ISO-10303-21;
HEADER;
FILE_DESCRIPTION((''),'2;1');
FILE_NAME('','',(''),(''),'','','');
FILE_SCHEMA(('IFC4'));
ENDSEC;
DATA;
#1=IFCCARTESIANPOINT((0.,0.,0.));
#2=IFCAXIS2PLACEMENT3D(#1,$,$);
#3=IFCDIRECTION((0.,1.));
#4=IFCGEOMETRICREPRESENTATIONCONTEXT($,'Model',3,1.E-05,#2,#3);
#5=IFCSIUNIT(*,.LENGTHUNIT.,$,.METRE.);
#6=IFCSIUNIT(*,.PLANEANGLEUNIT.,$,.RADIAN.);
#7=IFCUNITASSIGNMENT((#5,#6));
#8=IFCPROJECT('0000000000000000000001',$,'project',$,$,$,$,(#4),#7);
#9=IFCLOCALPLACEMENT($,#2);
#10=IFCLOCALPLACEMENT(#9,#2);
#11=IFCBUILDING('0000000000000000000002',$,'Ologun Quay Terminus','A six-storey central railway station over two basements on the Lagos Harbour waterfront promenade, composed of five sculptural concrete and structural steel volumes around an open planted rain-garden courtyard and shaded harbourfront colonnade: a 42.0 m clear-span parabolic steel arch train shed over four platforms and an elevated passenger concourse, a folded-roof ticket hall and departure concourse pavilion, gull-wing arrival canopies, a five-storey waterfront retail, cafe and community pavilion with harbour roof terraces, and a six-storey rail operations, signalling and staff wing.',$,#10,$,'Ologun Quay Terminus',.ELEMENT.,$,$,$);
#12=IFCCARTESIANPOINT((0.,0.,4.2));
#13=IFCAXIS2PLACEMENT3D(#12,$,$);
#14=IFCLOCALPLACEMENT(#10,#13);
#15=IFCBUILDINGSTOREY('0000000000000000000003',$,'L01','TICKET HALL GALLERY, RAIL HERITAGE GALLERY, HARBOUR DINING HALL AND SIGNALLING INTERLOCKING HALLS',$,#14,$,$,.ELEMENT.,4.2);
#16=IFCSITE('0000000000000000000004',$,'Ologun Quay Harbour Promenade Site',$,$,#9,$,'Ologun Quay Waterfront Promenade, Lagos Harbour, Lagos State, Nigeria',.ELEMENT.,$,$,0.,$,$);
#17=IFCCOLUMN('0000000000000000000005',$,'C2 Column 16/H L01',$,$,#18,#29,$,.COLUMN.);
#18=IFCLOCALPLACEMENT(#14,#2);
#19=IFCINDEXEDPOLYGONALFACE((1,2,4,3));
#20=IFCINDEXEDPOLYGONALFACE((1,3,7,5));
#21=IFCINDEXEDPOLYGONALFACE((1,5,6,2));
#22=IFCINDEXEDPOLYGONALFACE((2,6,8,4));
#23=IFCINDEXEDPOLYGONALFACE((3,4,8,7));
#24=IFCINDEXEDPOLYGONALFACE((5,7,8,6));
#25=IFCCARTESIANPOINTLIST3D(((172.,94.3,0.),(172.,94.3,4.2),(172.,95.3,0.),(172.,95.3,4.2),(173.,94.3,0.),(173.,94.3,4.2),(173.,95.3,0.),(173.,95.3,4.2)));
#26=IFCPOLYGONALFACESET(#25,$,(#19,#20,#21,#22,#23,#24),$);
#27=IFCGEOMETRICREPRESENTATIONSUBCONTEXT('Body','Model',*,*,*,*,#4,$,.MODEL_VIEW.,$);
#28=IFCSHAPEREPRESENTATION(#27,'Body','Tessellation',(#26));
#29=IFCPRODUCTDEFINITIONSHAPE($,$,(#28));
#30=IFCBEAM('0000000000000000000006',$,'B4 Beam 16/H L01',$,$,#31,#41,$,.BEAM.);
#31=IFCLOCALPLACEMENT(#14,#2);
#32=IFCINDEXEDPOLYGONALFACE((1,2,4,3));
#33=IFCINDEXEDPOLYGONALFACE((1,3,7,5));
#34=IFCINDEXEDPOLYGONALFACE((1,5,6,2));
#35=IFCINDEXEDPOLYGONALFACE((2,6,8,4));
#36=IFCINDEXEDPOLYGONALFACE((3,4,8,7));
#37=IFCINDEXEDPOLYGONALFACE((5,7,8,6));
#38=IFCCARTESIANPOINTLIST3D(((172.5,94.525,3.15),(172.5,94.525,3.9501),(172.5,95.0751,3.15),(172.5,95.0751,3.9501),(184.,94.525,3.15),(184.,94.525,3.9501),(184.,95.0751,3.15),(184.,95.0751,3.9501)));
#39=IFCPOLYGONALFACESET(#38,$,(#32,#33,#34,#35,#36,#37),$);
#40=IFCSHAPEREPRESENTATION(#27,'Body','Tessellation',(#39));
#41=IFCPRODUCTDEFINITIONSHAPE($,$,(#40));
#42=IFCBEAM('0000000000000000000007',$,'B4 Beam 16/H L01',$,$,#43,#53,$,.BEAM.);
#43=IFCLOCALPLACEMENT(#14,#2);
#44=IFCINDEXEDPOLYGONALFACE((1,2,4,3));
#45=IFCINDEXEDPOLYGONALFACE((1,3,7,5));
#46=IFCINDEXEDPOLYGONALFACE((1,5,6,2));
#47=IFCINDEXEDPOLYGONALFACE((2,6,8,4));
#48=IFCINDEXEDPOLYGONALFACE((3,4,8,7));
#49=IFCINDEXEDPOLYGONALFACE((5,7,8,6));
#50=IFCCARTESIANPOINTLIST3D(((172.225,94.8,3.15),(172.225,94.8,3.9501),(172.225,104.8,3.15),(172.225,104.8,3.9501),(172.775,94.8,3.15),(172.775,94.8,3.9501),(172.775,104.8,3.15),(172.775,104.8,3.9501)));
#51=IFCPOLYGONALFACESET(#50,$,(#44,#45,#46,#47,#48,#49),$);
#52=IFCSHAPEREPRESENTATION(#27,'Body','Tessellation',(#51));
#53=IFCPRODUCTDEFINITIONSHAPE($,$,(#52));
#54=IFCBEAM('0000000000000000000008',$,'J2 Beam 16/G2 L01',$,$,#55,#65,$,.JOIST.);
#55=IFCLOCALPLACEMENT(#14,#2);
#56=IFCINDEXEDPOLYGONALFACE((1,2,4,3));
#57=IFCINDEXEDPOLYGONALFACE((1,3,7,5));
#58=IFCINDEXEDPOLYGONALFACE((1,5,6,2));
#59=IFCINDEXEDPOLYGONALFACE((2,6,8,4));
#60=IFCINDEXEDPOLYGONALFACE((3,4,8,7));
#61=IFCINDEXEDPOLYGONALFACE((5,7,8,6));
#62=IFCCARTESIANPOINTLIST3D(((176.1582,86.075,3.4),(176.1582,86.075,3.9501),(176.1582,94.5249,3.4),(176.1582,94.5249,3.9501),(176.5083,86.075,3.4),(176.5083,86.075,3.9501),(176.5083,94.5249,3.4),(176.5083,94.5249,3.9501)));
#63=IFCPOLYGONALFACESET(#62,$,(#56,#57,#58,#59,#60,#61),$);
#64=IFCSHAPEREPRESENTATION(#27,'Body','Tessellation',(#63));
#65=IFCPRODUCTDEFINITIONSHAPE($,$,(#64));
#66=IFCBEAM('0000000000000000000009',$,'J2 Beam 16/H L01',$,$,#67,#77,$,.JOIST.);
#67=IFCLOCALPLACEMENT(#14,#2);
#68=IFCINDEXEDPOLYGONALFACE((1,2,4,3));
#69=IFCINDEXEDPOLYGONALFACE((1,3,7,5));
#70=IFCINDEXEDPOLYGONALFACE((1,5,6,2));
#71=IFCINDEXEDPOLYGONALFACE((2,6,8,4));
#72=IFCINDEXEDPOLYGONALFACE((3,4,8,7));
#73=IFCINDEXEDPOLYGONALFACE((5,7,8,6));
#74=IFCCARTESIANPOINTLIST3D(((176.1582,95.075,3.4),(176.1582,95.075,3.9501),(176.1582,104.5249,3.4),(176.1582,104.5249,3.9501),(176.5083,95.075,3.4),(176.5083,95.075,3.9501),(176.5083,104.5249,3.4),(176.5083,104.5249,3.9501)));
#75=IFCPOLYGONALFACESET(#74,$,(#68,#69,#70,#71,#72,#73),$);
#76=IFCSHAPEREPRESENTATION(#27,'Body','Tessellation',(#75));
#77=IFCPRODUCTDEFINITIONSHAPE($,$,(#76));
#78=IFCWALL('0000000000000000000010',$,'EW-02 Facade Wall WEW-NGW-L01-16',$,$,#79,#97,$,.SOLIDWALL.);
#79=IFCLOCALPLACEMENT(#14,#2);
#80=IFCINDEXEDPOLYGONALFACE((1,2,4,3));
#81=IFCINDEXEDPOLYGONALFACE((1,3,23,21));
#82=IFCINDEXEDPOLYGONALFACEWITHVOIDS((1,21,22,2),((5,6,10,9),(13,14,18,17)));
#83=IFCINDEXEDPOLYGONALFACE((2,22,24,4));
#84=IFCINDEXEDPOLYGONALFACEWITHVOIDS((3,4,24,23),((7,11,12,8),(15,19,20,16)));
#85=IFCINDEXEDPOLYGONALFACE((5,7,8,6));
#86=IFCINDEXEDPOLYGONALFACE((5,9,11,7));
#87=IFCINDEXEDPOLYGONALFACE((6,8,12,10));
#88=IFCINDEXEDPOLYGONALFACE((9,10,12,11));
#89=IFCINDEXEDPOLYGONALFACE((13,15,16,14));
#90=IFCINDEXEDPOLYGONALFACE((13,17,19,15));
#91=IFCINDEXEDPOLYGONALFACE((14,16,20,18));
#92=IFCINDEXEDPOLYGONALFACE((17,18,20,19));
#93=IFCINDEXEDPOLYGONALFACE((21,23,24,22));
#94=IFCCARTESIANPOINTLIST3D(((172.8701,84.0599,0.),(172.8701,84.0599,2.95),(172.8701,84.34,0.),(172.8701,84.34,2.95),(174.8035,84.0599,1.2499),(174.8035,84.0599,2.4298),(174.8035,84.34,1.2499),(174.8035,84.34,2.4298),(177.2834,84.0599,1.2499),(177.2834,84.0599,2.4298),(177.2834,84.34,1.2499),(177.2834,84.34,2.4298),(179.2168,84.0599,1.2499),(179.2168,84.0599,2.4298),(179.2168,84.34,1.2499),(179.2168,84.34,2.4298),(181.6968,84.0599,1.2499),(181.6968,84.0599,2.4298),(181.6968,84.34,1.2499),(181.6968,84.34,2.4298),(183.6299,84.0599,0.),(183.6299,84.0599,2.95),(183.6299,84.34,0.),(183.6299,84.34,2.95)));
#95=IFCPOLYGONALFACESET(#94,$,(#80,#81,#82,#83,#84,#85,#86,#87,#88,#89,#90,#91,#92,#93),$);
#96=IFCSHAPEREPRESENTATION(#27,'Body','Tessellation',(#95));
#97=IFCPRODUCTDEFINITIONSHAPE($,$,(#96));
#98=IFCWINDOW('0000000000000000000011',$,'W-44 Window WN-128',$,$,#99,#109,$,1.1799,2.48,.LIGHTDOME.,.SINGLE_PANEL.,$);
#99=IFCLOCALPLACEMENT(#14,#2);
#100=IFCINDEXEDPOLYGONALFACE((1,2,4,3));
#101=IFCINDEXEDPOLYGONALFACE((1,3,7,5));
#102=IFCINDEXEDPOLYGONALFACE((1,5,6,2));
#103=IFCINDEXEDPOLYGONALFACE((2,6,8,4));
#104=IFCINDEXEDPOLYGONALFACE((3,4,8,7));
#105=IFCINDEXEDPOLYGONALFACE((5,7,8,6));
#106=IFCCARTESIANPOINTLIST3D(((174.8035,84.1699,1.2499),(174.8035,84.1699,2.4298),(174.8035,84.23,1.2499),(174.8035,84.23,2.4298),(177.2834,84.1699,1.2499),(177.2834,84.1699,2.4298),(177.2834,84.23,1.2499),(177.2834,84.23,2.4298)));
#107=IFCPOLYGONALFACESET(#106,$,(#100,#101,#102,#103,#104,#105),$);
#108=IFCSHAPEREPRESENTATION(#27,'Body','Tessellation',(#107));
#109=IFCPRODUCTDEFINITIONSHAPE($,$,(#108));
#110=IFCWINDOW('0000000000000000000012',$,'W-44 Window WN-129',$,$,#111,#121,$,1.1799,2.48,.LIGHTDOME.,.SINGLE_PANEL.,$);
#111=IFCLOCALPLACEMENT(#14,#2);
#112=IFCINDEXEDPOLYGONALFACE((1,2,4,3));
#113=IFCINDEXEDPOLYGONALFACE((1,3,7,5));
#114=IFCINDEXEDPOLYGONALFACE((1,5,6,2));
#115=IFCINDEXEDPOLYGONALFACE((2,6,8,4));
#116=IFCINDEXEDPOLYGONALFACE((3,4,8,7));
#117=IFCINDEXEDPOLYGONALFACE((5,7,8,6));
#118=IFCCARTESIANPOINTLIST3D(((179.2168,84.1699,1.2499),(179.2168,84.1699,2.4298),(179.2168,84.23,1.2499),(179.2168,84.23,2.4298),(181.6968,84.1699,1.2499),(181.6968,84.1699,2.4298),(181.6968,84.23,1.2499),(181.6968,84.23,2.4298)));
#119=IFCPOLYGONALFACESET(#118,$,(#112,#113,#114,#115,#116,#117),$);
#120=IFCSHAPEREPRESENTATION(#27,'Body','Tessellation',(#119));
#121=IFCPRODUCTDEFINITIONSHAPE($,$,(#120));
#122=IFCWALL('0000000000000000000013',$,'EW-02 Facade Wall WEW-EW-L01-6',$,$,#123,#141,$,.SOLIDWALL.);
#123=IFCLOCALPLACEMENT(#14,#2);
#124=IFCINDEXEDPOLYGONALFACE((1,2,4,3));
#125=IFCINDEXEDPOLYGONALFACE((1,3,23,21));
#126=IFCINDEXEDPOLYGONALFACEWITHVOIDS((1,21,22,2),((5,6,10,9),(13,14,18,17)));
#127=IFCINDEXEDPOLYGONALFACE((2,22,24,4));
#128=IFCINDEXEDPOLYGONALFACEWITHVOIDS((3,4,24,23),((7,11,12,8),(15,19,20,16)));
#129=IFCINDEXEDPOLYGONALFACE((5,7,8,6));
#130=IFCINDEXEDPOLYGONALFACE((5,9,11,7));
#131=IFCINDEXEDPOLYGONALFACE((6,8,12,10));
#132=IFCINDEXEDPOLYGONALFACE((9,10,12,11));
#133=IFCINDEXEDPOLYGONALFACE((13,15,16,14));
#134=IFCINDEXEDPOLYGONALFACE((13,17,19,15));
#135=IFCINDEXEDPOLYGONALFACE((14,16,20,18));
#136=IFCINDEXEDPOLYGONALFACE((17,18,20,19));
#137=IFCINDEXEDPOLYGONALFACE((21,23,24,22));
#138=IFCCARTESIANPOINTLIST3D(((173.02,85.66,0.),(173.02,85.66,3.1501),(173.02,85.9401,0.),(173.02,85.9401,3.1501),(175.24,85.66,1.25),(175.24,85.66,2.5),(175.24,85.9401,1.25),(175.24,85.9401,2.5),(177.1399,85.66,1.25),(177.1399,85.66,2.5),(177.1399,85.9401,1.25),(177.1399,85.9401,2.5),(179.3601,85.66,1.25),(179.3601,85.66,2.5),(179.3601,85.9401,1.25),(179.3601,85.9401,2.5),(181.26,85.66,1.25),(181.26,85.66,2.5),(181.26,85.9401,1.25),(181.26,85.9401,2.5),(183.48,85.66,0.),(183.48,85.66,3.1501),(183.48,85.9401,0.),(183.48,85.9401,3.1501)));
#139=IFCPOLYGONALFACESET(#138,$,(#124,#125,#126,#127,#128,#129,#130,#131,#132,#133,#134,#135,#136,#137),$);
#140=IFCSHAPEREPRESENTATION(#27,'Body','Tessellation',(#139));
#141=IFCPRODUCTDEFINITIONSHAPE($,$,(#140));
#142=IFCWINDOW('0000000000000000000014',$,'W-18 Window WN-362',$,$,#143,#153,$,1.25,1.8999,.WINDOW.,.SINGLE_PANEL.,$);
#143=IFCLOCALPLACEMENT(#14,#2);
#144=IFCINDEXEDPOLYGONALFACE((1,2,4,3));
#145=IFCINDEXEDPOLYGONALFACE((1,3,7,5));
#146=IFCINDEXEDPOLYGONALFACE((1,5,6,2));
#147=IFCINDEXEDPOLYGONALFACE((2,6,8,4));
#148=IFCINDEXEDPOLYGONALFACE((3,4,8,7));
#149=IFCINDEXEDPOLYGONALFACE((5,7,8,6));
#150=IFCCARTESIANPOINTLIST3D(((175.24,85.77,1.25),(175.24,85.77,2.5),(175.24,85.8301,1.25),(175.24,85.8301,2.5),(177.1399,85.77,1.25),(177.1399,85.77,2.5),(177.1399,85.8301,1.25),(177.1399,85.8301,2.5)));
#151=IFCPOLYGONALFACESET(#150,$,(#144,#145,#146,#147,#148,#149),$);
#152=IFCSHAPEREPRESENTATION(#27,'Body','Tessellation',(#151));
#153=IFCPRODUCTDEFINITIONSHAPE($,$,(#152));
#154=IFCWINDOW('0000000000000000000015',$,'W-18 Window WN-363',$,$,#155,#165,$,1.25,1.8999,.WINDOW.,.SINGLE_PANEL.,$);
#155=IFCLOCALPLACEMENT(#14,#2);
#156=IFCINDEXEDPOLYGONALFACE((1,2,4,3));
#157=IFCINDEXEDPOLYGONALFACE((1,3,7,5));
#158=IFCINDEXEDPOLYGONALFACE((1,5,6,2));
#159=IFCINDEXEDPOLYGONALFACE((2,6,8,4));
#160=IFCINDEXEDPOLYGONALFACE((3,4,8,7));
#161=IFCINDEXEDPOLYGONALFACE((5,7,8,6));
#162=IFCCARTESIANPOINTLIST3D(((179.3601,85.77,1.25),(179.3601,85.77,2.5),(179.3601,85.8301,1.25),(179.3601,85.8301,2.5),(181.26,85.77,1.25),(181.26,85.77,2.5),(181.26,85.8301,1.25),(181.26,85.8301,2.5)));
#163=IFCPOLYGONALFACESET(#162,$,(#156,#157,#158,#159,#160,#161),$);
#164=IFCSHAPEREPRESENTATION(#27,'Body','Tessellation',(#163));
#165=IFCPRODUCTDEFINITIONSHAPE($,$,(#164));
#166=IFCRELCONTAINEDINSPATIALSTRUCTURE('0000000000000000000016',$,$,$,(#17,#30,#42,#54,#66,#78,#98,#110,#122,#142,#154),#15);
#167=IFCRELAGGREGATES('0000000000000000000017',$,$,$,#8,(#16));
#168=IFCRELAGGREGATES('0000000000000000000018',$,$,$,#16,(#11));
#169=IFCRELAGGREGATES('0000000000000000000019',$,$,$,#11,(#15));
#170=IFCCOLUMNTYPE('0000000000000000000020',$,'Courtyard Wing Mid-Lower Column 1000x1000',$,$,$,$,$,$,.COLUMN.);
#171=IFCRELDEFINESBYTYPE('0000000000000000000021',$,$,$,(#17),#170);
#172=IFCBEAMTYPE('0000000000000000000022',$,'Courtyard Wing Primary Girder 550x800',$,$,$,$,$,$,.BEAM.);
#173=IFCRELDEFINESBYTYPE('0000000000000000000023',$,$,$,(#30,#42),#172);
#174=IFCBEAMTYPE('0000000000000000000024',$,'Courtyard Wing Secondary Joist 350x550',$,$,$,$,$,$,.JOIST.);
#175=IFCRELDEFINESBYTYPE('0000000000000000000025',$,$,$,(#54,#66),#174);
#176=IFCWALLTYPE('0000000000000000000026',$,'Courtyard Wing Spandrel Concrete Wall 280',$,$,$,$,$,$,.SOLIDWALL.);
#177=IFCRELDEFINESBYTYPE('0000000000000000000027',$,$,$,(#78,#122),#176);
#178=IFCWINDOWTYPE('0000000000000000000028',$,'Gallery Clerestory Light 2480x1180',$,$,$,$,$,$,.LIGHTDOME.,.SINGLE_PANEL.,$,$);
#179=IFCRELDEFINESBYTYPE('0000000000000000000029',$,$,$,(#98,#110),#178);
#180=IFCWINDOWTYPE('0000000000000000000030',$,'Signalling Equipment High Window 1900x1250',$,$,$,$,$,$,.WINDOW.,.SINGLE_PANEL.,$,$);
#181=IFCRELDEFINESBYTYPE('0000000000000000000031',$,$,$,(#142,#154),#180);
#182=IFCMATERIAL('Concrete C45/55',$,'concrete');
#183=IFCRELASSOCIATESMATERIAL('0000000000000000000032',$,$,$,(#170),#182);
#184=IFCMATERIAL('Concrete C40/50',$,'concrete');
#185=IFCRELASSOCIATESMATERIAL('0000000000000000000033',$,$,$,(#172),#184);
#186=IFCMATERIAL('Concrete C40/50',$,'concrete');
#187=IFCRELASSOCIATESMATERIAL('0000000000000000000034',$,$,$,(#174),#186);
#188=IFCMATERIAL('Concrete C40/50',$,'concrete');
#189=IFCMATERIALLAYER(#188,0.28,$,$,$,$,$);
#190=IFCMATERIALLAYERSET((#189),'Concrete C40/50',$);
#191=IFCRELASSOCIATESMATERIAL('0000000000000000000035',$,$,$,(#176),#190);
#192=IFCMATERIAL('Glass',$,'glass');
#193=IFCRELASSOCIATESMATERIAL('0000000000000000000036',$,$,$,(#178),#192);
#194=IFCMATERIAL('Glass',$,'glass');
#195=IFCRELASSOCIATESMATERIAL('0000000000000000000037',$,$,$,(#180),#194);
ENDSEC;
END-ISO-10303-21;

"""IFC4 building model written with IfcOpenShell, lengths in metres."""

from ifc_helpers import new_model, si_unit, direction, frame, frame_2d, origin, origin_2d, place, context, subcontext, project, spatial, rectangle, extrude, material, layer, layer_set, material_profile, profile_set, type_object, element, fill, save


model = new_model("IFC4")

# Units and contexts
model_context = context("Model", 3, precision=1e-05, world=origin(), true_north=direction((0.0, 1.0)))
body_context = subcontext(model_context, "Body", "Model", "MODEL_VIEW")
ifc_project = project(units=[si_unit("LENGTHUNIT", "METRE"), si_unit("PLANEANGLEUNIT", "RADIAN")], contexts=[model_context])

# Site, building, storey
site_placement = place(None, origin())
site = spatial("IfcSite", under=ifc_project, at=site_placement, Name="Ologun Quay Harbour Promenade Site", LongName="Ologun Quay Waterfront Promenade, Lagos Harbour, Lagos State, Nigeria", CompositionType="ELEMENT", RefElevation=0.0)
building_placement = place(site_placement, origin())
building = spatial("IfcBuilding", under=site, at=building_placement, Name="Ologun Quay Terminus", Description="A six-storey central railway station over two basements on the Lagos Harbour waterfront promenade, composed of five sculptural concrete and structural steel volumes around an open planted rain-garden courtyard and shaded harbourfront colonnade: a 42.0 m clear-span parabolic steel arch train shed over four platforms and an elevated passenger concourse, a folded-roof ticket hall and departure concourse pavilion, gull-wing arrival canopies, a five-storey waterfront retail, cafe and community pavilion with harbour roof terraces, and a six-storey rail operations, signalling and staff wing.", LongName="Ologun Quay Terminus", CompositionType="ELEMENT")
storey_placement = place(building_placement, frame((0.0, 0.0, 4.2)))
storey = spatial("IfcBuildingStorey", under=building, at=storey_placement, Name="L01", Description="TICKET HALL GALLERY, RAIL HERITAGE GALLERY, HARBOUR DINING HALL AND SIGNALLING INTERLOCKING HALLS", CompositionType="ELEMENT", Elevation=4.2)

# Column
ifc_material_1 = material(Name="Concrete C45/55", Category="concrete")
ifc_material_profile_1 = material_profile(ifc_material_1, rectangle(XDim=1.0, YDim=1.0, at=origin_2d()), Name="RC 1000x1000")
ifc_profile_set_1 = profile_set([ifc_material_profile_1], Name="Concrete C45/55")
column_type = type_object("IfcColumnType", Name="Courtyard Wing Mid-Lower Column 1000x1000", PredefinedType="COLUMN", material=ifc_profile_set_1)
column_placement = place(storey_placement, frame((172.5, 94.8, 0.0), z_axis=(0.0, 0.0, 1.0), x_axis=(1.0, 0.0, 0.0)))
element("IfcColumn", 1, at=column_placement, inside=storey, type_object=column_type, Name="C2 Column 16/H L01", PredefinedType="COLUMN", context=body_context, shape_type="SweptSolid", body=[
    extrude(rectangle(XDim=1.0, YDim=1.0, at=origin_2d()), origin(), (0.0, 0.0, 1.0), 4.2),
])

# Beams
ifc_material_2 = material(Name="Concrete C40/50", Category="concrete")
ifc_material_profile_2 = material_profile(ifc_material_2, rectangle(XDim=0.55, YDim=0.8, at=origin_2d()), Name="RC 550x800")
ifc_profile_set_2 = profile_set([ifc_material_profile_2], Name="Concrete C40/50")
beam_type_1 = type_object("IfcBeamType", Name="Courtyard Wing Primary Girder 550x800", PredefinedType="BEAM", material=ifc_profile_set_2)
beam_1_placement = place(storey_placement, frame((172.5, 94.8, 3.55), z_axis=(1.0, 0.0, 0.0), x_axis=(0.0, 1.0, 0.0)))
element("IfcBeam", 2, at=beam_1_placement, inside=storey, type_object=beam_type_1, Name="B4 Beam 16/H L01", PredefinedType="BEAM", context=body_context, shape_type="SweptSolid", body=[
    extrude(rectangle(XDim=0.55, YDim=0.8, at=origin_2d()), origin(), (0.0, 0.0, 1.0), 11.5),
])
beam_2_placement = place(storey_placement, frame((172.5, 94.8, 3.55), z_axis=(0.0, 1.0, 0.0), x_axis=(-1.0, 0.0, 0.0)))
element("IfcBeam", 3, at=beam_2_placement, inside=storey, type_object=beam_type_1, Name="B4 Beam 16/H L01", PredefinedType="BEAM", context=body_context, shape_type="SweptSolid", body=[
    extrude(rectangle(XDim=0.55, YDim=0.8, at=origin_2d()), origin(), (0.0, 0.0, 1.0), 10.0),
])
ifc_material_3 = material(Name="Concrete C40/50", Category="concrete")
ifc_material_profile_3 = material_profile(ifc_material_3, rectangle(XDim=0.3501, YDim=0.55, at=origin_2d()), Name="RC 350x550")
ifc_profile_set_3 = profile_set([ifc_material_profile_3], Name="Concrete C40/50")
beam_type_2 = type_object("IfcBeamType", Name="Courtyard Wing Secondary Joist 350x550", PredefinedType="JOIST", material=ifc_profile_set_3)
beam_3_placement = place(storey_placement, frame((176.3333, 86.075, 3.675), z_axis=(0.0, 1.0, 0.0), x_axis=(-1.0, 0.0, 0.0)))
element("IfcBeam", 4, at=beam_3_placement, inside=storey, type_object=beam_type_2, Name="J2 Beam 16/G2 L01", PredefinedType="JOIST", context=body_context, shape_type="SweptSolid", body=[
    extrude(rectangle(XDim=0.3501, YDim=0.55, at=origin_2d()), origin(), (0.0, 0.0, 1.0), 8.45),
])
beam_4_placement = place(storey_placement, frame((176.3333, 95.075, 3.675), z_axis=(0.0, 1.0, 0.0), x_axis=(-1.0, 0.0, 0.0)))
element("IfcBeam", 5, at=beam_4_placement, inside=storey, type_object=beam_type_2, Name="J2 Beam 16/H L01", PredefinedType="JOIST", context=body_context, shape_type="SweptSolid", body=[
    extrude(rectangle(XDim=0.3501, YDim=0.55, at=origin_2d()), origin(), (0.0, 0.0, 1.0), 9.45),
])

# Walls, openings, windows
ifc_material_4 = material(Name="Concrete C40/50", Category="concrete")
ifc_layer_1 = layer(ifc_material_4, 0.28)
ifc_layer_set_1 = layer_set([ifc_layer_1], Name="Concrete C40/50")
wall_type_1 = type_object("IfcWallType", Name="Courtyard Wing Spandrel Concrete Wall 280", PredefinedType="SOLIDWALL", material=ifc_layer_set_1)
wall_1_placement = place(storey_placement, frame((172.8701, 84.2, 0.0), z_axis=(0.0, 0.0, 1.0), x_axis=(1.0, 0.0, 0.0)))
wall_1 = element("IfcWall", 6, at=wall_1_placement, inside=storey, type_object=wall_type_1, Name="EW-02 Facade Wall WEW-NGW-L01-16", PredefinedType="SOLIDWALL", context=body_context, shape_type="SweptSolid", body=[
    extrude(rectangle(XDim=10.7598, YDim=0.28, at=frame_2d((5.3799, 0.0))), origin(), (0.0, 0.0, 1.0), 2.95),
])
opening_1_placement = place(wall_1_placement, frame((1.9333, 0.0, 1.25)))
opening_1 = element("IfcOpeningElement", 7, at=opening_1_placement, cuts=wall_1, PredefinedType="OPENING", context=body_context, shape_type="SweptSolid", body=[
    extrude(rectangle(XDim=2.48, YDim=1.1799, at=frame_2d((1.24, 0.5898))), frame((0.0, 0.1499, 0.0), z_axis=(0.0, -1.0, 0.0), x_axis=(1.0, 0.0, 0.0)), (0.0, 0.0, 1.0), 0.3),
])
opening_2_placement = place(wall_1_placement, frame((6.3467, 0.0, 1.25)))
opening_2 = element("IfcOpeningElement", 8, at=opening_2_placement, cuts=wall_1, PredefinedType="OPENING", context=body_context, shape_type="SweptSolid", body=[
    extrude(rectangle(XDim=2.48, YDim=1.1799, at=frame_2d((1.24, 0.5898))), frame((0.0, 0.1499, 0.0), z_axis=(0.0, -1.0, 0.0), x_axis=(1.0, 0.0, 0.0)), (0.0, 0.0, 1.0), 0.3),
])
ifc_material_5 = material(Name="Glass", Category="glass")
window_type_1 = type_object("IfcWindowType", Name="Gallery Clerestory Light 2480x1180", PartitioningType="SINGLE_PANEL", PredefinedType="LIGHTDOME", material=ifc_material_5)
window_1_placement = place(opening_1_placement, origin())
window_1 = element("IfcWindow", 9, at=window_1_placement, inside=storey, type_object=window_type_1, Name="W-44 Window WN-128", OverallHeight=1.1799, OverallWidth=2.48, PartitioningType="SINGLE_PANEL", PredefinedType="LIGHTDOME", context=body_context, shape_type="SweptSolid", body=[
    extrude(rectangle(XDim=2.48, YDim=1.1799, at=frame_2d((1.24, 0.5898))), frame((0.0, 0.03, 0.0), z_axis=(0.0, -1.0, 0.0), x_axis=(1.0, 0.0, 0.0)), (0.0, 0.0, 1.0), 0.0601),
])
fill(opening_1, window_1)
window_2_placement = place(opening_2_placement, origin())
window_2 = element("IfcWindow", 10, at=window_2_placement, inside=storey, type_object=window_type_1, Name="W-44 Window WN-129", OverallHeight=1.1799, OverallWidth=2.48, PartitioningType="SINGLE_PANEL", PredefinedType="LIGHTDOME", context=body_context, shape_type="SweptSolid", body=[
    extrude(rectangle(XDim=2.48, YDim=1.1799, at=frame_2d((1.24, 0.5898))), frame((0.0, 0.03, 0.0), z_axis=(0.0, -1.0, 0.0), x_axis=(1.0, 0.0, 0.0)), (0.0, 0.0, 1.0), 0.0601),
])
fill(opening_2, window_2)
wall_2_placement = place(storey_placement, frame((173.02, 85.8, 0.0), z_axis=(0.0, 0.0, 1.0), x_axis=(1.0, 0.0, 0.0)))
wall_2 = element("IfcWall", 11, at=wall_2_placement, inside=storey, type_object=wall_type_1, Name="EW-02 Facade Wall WEW-EW-L01-6", PredefinedType="SOLIDWALL", context=body_context, shape_type="SweptSolid", body=[
    extrude(rectangle(XDim=10.46, YDim=0.28, at=frame_2d((5.23, 0.0))), origin(), (0.0, 0.0, 1.0), 3.1501),
])
opening_3_placement = place(wall_2_placement, frame((2.22, 0.0, 1.25)))
opening_3 = element("IfcOpeningElement", 12, at=opening_3_placement, cuts=wall_2, PredefinedType="OPENING", context=body_context, shape_type="SweptSolid", body=[
    extrude(rectangle(XDim=1.8999, YDim=1.25, at=frame_2d((0.95, 0.625))), frame((0.0, 0.1499, 0.0), z_axis=(0.0, -1.0, 0.0), x_axis=(1.0, 0.0, 0.0)), (0.0, 0.0, 1.0), 0.3),
])
opening_4_placement = place(wall_2_placement, frame((6.3401, 0.0, 1.25)))
opening_4 = element("IfcOpeningElement", 13, at=opening_4_placement, cuts=wall_2, PredefinedType="OPENING", context=body_context, shape_type="SweptSolid", body=[
    extrude(rectangle(XDim=1.8999, YDim=1.25, at=frame_2d((0.95, 0.625))), frame((0.0, 0.1499, 0.0), z_axis=(0.0, -1.0, 0.0), x_axis=(1.0, 0.0, 0.0)), (0.0, 0.0, 1.0), 0.3),
])
ifc_material_6 = material(Name="Glass", Category="glass")
window_type_2 = type_object("IfcWindowType", Name="Signalling Equipment High Window 1900x1250", PartitioningType="SINGLE_PANEL", PredefinedType="WINDOW", material=ifc_material_6)
window_3_placement = place(opening_3_placement, origin())
window_3 = element("IfcWindow", 14, at=window_3_placement, inside=storey, type_object=window_type_2, Name="W-18 Window WN-362", OverallHeight=1.25, OverallWidth=1.8999, PartitioningType="SINGLE_PANEL", PredefinedType="WINDOW", context=body_context, shape_type="SweptSolid", body=[
    extrude(rectangle(XDim=1.8999, YDim=1.25, at=frame_2d((0.95, 0.625))), frame((0.0, 0.03, 0.0), z_axis=(0.0, -1.0, 0.0), x_axis=(1.0, 0.0, 0.0)), (0.0, 0.0, 1.0), 0.0601),
])
fill(opening_3, window_3)
window_4_placement = place(opening_4_placement, origin())
window_4 = element("IfcWindow", 15, at=window_4_placement, inside=storey, type_object=window_type_2, Name="W-18 Window WN-363", OverallHeight=1.25, OverallWidth=1.8999, PartitioningType="SINGLE_PANEL", PredefinedType="WINDOW", context=body_context, shape_type="SweptSolid", body=[
    extrude(rectangle(XDim=1.8999, YDim=1.25, at=frame_2d((0.95, 0.625))), frame((0.0, 0.03, 0.0), z_axis=(0.0, -1.0, 0.0), x_axis=(1.0, 0.0, 0.0)), (0.0, 0.0, 1.0), 0.0601),
])
fill(opening_4, window_4)

save(model, "model.ifc")
